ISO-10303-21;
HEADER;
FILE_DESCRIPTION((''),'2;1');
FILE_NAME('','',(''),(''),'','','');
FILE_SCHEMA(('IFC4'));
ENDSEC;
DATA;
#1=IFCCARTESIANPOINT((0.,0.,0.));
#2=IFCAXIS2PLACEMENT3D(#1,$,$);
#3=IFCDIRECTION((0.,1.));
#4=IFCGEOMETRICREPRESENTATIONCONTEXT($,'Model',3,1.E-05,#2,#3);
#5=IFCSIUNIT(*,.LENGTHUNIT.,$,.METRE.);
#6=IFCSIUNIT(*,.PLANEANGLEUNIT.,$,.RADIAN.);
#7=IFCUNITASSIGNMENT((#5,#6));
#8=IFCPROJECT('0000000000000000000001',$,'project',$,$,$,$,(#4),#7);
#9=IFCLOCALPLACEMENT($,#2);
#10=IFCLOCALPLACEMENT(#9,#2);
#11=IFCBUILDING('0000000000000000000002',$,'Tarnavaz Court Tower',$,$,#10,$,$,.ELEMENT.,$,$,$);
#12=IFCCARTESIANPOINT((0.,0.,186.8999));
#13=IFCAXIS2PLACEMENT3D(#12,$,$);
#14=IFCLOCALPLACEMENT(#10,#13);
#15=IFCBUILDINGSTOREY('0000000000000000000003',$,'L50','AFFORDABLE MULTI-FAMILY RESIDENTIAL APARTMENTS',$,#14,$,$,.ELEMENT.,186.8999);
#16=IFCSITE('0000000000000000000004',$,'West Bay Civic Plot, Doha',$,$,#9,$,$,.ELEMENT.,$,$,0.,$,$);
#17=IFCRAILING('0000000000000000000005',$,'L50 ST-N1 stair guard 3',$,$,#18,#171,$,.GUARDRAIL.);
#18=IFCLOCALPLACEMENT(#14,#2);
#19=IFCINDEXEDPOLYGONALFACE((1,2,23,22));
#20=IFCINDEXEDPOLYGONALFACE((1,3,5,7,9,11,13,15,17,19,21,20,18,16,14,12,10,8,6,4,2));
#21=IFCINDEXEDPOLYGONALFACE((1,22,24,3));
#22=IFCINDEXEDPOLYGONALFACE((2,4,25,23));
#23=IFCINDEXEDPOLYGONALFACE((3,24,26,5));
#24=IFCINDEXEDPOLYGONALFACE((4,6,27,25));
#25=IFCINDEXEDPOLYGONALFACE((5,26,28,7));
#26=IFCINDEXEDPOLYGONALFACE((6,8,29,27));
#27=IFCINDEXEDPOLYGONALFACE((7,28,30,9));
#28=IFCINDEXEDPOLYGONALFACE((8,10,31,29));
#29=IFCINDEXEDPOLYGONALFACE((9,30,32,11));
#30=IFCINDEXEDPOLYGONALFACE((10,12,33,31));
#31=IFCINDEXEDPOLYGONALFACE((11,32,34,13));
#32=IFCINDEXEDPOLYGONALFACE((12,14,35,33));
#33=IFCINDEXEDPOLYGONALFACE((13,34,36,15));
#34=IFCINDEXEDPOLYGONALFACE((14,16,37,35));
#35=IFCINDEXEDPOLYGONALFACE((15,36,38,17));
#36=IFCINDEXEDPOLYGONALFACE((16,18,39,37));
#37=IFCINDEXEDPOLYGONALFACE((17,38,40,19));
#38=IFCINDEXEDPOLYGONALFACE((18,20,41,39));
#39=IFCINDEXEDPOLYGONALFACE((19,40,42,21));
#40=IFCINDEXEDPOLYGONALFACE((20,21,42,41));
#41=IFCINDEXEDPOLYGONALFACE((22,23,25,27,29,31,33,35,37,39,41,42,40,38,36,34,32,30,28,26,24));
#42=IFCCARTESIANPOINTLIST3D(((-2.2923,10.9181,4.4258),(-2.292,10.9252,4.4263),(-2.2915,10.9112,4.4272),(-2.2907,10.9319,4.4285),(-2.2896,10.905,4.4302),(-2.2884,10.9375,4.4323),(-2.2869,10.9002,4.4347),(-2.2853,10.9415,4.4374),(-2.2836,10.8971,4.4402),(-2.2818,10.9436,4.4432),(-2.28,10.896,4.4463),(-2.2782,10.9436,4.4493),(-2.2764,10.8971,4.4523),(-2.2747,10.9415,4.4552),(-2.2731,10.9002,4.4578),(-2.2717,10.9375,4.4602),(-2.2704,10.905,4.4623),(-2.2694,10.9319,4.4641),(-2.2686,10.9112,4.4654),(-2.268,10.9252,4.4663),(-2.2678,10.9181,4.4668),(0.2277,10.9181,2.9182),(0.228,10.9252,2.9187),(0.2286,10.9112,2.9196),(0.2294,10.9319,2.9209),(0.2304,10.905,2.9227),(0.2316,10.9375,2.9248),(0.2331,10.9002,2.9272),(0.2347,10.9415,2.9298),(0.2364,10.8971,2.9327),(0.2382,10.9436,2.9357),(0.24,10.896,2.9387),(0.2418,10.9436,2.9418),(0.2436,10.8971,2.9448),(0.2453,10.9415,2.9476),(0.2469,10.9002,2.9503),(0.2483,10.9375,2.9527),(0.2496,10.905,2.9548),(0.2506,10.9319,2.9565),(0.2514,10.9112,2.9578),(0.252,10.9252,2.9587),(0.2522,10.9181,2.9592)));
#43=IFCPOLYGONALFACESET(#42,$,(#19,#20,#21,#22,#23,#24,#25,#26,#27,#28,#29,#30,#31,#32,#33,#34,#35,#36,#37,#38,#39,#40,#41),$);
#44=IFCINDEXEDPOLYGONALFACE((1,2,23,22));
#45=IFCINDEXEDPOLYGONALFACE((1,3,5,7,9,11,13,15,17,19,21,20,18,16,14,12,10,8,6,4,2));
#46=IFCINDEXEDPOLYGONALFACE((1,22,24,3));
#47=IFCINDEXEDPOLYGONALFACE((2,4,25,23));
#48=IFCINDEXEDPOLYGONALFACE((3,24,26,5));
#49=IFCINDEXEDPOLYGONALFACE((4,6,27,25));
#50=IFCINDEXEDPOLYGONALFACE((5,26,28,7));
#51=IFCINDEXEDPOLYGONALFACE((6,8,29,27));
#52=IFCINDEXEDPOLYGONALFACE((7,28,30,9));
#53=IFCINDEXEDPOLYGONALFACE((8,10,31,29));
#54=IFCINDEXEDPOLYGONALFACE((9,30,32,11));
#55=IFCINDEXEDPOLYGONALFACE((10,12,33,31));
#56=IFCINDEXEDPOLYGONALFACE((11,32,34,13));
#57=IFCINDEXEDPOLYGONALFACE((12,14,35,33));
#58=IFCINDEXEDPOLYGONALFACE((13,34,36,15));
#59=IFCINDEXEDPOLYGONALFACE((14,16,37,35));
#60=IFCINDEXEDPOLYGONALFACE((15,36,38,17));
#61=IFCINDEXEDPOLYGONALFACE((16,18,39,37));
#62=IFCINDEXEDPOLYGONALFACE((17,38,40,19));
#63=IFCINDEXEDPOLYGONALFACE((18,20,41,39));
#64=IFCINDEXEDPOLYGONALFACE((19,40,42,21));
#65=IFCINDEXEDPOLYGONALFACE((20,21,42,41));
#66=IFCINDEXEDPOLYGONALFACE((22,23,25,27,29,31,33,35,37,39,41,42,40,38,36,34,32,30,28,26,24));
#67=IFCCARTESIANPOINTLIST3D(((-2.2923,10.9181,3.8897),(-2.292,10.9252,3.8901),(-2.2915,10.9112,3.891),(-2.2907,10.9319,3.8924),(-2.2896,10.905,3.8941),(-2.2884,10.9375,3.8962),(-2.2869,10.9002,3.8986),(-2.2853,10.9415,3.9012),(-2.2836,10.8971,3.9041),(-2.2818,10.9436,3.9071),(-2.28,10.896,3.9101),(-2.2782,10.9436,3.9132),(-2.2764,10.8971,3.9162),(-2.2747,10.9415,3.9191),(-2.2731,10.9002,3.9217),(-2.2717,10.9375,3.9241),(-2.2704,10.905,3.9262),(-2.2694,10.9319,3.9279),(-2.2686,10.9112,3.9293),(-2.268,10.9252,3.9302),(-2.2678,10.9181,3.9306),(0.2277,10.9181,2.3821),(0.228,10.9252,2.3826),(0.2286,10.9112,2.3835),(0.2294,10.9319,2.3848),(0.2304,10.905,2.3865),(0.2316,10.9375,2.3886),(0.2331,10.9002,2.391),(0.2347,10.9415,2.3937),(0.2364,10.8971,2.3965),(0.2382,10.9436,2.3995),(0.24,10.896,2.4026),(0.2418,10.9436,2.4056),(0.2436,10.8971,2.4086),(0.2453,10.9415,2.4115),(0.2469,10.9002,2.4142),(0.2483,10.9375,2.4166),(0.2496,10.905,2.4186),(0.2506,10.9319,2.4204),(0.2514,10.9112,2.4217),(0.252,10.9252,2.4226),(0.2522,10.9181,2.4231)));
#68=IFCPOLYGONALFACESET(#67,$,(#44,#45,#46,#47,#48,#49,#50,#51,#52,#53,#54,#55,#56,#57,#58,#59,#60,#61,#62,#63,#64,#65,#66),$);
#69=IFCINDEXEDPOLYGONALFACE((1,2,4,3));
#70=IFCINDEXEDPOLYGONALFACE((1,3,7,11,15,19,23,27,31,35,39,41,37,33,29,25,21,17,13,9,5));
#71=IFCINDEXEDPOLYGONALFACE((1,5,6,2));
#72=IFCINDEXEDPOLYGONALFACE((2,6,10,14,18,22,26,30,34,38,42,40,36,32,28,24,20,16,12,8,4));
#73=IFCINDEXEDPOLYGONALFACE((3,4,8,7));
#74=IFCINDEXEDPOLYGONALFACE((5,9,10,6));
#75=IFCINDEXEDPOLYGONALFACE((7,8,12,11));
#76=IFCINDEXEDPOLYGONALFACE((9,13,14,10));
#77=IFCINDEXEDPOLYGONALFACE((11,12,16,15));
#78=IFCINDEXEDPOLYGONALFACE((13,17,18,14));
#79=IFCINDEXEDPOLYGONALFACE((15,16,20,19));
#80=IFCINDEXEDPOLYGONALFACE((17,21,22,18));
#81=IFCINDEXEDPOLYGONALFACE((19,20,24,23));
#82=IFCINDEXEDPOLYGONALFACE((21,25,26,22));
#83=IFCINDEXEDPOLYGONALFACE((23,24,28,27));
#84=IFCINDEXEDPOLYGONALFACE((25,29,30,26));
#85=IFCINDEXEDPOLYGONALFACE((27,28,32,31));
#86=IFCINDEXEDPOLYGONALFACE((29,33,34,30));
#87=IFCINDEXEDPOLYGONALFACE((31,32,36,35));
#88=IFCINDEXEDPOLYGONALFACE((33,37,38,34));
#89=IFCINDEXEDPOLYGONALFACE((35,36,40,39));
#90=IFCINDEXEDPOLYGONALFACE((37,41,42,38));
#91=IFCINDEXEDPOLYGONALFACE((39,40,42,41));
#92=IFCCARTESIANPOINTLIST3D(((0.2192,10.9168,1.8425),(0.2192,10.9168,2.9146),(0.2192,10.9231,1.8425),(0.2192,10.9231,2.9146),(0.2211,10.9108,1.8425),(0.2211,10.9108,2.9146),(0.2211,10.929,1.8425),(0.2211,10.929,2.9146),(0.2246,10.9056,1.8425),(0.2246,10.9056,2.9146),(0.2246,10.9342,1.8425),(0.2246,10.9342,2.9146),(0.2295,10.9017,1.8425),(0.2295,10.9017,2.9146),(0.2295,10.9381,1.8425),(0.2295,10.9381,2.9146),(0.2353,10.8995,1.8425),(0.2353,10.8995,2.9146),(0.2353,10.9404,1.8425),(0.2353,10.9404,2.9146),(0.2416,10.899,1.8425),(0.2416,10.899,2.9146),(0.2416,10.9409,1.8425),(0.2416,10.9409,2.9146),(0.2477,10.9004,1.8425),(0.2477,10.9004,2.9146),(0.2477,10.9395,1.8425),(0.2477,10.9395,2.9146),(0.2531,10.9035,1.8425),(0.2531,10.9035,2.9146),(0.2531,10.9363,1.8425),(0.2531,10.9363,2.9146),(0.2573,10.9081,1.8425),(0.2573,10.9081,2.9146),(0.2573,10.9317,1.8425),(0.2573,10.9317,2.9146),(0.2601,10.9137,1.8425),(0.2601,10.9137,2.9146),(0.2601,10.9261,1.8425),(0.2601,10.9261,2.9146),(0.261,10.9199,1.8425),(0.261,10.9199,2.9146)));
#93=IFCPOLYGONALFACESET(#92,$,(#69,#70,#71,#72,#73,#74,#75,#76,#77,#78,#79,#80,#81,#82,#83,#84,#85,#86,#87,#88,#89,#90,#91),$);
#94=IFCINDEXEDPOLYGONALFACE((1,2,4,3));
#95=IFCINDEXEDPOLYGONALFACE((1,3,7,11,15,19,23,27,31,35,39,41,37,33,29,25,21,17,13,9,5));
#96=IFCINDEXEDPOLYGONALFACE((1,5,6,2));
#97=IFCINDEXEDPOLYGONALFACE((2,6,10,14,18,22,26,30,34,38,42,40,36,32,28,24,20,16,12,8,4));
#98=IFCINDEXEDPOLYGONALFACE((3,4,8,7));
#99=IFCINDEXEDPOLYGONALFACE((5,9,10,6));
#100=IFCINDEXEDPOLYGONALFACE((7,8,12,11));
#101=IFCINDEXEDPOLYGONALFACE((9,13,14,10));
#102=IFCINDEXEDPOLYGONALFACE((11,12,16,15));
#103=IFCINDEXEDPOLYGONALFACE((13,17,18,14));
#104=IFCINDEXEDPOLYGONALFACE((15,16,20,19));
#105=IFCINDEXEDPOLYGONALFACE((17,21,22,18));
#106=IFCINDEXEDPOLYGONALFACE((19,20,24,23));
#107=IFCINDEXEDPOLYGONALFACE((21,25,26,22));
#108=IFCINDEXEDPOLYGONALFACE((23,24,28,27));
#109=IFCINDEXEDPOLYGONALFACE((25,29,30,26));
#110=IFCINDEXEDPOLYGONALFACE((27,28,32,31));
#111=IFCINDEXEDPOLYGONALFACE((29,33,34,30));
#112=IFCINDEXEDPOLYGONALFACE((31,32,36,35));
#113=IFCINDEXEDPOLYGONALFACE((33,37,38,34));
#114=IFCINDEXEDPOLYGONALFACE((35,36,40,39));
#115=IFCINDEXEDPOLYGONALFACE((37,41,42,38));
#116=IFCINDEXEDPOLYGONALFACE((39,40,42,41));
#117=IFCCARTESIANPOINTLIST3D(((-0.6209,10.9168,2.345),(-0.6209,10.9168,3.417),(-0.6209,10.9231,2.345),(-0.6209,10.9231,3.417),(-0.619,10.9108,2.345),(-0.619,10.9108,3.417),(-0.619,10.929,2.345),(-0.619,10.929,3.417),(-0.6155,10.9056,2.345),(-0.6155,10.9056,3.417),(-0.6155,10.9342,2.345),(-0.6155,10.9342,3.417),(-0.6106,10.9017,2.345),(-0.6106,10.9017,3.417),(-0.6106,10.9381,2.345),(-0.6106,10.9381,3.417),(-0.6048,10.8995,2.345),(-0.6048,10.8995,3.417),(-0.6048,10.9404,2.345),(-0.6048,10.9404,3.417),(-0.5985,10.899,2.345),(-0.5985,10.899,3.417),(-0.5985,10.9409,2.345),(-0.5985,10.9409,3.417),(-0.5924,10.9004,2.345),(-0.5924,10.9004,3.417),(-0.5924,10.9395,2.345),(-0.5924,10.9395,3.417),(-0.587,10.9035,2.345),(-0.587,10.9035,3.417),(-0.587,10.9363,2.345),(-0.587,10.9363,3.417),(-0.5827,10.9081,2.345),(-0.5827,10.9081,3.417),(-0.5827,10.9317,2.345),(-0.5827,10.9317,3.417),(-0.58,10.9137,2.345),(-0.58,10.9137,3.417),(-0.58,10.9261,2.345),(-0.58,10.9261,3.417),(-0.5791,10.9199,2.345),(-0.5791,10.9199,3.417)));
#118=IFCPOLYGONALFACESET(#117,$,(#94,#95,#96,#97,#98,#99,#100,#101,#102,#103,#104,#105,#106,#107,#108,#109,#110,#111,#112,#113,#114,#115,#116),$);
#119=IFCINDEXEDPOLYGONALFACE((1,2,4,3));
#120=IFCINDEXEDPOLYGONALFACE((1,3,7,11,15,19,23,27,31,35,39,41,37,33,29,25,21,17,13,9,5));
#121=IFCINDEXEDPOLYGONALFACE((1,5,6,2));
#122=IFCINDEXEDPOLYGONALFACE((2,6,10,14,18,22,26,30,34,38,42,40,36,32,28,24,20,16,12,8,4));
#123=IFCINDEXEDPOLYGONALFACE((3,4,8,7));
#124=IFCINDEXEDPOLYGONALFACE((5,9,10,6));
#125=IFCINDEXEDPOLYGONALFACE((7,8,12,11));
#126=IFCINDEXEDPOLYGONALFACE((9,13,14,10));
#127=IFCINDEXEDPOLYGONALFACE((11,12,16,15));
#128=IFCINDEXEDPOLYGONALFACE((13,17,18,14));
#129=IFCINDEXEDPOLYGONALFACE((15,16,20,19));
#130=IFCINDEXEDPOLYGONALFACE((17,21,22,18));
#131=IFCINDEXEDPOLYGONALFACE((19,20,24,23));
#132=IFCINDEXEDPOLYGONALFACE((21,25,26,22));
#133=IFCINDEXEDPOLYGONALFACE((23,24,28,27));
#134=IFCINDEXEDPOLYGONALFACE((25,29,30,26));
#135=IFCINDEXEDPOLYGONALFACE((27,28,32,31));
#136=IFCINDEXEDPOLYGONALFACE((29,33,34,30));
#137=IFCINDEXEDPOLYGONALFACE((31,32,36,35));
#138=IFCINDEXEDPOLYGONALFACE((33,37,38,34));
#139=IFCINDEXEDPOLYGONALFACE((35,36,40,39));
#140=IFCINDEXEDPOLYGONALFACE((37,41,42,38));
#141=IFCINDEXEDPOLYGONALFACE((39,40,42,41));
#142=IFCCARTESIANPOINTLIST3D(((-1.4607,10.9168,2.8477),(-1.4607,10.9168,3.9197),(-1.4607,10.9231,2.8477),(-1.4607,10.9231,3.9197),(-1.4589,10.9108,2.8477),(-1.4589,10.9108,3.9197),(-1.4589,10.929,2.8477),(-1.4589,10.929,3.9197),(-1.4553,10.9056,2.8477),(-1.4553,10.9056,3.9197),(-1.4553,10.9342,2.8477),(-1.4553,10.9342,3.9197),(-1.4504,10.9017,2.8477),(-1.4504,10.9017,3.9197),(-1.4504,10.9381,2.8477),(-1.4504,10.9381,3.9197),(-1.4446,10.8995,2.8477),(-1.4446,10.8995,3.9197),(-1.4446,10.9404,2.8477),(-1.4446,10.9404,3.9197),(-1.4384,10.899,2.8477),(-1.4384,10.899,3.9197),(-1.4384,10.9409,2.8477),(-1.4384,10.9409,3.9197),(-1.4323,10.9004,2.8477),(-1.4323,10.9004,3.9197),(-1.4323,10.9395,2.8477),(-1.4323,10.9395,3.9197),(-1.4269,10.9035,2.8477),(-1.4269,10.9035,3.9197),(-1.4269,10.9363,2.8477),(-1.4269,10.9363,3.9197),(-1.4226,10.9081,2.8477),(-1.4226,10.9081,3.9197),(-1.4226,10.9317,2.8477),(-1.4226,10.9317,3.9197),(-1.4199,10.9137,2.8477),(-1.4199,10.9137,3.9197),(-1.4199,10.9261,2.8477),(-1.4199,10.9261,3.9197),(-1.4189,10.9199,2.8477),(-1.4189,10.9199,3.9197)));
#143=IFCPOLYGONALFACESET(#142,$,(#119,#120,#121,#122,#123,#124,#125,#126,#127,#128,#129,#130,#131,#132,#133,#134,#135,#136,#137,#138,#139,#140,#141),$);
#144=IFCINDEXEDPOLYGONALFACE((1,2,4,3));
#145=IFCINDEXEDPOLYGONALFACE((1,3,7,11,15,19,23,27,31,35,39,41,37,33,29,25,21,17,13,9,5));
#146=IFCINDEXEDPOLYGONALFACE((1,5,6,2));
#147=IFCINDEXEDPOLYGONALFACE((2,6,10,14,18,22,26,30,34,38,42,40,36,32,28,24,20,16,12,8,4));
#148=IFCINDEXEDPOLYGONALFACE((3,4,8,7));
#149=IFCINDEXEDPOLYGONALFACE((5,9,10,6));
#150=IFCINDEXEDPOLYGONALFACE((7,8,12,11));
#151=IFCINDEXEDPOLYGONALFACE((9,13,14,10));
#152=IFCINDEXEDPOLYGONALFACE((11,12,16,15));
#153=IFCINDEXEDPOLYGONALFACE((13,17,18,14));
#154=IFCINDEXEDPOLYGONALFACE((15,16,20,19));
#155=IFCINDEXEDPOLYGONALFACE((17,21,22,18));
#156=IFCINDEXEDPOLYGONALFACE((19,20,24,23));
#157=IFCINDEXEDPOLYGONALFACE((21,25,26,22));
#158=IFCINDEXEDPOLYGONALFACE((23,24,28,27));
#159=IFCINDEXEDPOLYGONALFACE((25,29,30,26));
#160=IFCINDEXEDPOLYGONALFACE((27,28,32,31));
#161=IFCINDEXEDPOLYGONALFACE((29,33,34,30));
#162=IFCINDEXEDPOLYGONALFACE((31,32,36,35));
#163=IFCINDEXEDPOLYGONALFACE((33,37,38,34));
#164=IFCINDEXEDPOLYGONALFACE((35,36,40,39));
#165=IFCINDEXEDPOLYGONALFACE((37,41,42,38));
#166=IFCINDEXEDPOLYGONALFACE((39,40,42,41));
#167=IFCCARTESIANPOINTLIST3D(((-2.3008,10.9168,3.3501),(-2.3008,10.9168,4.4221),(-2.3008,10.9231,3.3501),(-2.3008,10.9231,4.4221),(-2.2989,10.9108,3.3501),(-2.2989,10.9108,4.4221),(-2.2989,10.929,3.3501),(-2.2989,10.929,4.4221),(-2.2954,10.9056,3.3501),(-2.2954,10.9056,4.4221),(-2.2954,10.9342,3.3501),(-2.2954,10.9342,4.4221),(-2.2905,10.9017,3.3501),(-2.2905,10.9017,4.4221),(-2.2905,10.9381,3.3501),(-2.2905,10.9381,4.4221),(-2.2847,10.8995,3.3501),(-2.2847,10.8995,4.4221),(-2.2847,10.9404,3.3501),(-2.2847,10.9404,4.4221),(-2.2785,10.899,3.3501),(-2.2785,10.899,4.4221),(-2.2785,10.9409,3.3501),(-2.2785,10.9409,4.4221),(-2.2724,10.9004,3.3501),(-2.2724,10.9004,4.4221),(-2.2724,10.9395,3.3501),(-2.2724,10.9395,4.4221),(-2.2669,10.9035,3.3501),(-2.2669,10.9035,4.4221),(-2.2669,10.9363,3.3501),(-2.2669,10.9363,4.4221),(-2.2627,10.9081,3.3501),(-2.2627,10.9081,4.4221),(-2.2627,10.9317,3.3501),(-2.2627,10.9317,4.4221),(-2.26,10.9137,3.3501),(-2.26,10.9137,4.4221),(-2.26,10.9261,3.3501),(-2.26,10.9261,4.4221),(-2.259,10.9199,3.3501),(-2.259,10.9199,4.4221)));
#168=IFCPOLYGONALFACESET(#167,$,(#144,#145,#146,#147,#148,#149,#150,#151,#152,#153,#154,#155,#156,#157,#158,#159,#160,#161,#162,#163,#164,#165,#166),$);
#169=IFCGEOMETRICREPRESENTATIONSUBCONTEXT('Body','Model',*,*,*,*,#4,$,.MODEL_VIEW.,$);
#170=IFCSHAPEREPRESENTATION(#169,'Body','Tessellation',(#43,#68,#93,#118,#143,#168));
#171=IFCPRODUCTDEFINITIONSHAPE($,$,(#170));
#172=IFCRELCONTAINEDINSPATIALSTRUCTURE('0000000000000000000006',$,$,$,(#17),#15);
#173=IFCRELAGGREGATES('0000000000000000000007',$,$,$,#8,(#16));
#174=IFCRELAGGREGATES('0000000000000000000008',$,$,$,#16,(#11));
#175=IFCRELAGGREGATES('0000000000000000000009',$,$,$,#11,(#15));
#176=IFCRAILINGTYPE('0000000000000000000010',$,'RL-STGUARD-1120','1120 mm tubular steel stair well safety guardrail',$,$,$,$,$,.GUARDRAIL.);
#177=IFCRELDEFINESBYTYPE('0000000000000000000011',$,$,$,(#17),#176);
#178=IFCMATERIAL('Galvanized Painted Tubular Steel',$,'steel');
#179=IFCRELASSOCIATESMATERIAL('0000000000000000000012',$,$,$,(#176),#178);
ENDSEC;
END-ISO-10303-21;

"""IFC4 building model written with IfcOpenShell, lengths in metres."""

from ifc_helpers import new_model, si_unit, direction, frame, origin, origin_2d, place, context, subcontext, project, spatial, circle, extrude, material, type_object, element, save


model = new_model("IFC4")

# Units and contexts
model_context = context("Model", 3, precision=1e-05, world=origin(), true_north=direction((0.0, 1.0)))
body_context = subcontext(model_context, "Body", "Model", "MODEL_VIEW")
ifc_project = project(units=[si_unit("LENGTHUNIT", "METRE"), si_unit("PLANEANGLEUNIT", "RADIAN")], contexts=[model_context])

# Site, building, storey
site_placement = place(None, origin())
site = spatial("IfcSite", under=ifc_project, at=site_placement, Name="West Bay Civic Plot, Doha", CompositionType="ELEMENT", RefElevation=0.0)
building_placement = place(site_placement, origin())
building = spatial("IfcBuilding", under=site, at=building_placement, Name="Tarnavaz Court Tower", CompositionType="ELEMENT")
storey_placement = place(building_placement, frame((0.0, 0.0, 186.8999)))
storey = spatial("IfcBuildingStorey", under=building, at=storey_placement, Name="L50", Description="AFFORDABLE MULTI-FAMILY RESIDENTIAL APARTMENTS", CompositionType="ELEMENT", Elevation=186.8999)

# Railing
ifc_material_1 = material(Name="Galvanized Painted Tubular Steel", Category="steel")
railing_type_1 = type_object("IfcRailingType", Name="RL-STGUARD-1120", Description="1120 mm tubular steel stair well safety guardrail", PredefinedType="GUARDRAIL", material=ifc_material_1)
railing_1_placement = place(storey_placement, frame((0.24, 10.9199, 1.8425)))
element("IfcRailing", 1, at=railing_1_placement, inside=storey, type_object=railing_type_1, Name="L50 ST-N1 stair guard 3", PredefinedType="GUARDRAIL", context=body_context, shape_type="SweptSolid", body=[
    extrude(circle(Radius=0.0239, at=origin_2d()), frame((0.0, 0.0, 1.0962), z_axis=(-0.85816, 0.0, 0.513383), x_axis=(0.0, -1.0, 0.0)), (0.0, 0.0, 1.0), 2.9365),
    extrude(circle(Radius=0.0239, at=origin_2d()), frame((0.0, 0.0, 0.5601), z_axis=(-0.85816, 0.0, 0.513383), x_axis=(0.0, -1.0, 0.0)), (0.0, 0.0, 1.0), 2.9365),
    extrude(circle(Radius=0.021, at=origin_2d()), origin(), (0.0, 0.0, 1.0), 1.072),
    extrude(circle(Radius=0.021, at=origin_2d()), frame((-0.8401, 0.0, 0.5024)), (0.0, 0.0, 1.0), 1.072),
    extrude(circle(Radius=0.021, at=origin_2d()), frame((-1.6799, 0.0, 1.0051)), (0.0, 0.0, 1.0), 1.072),
    extrude(circle(Radius=0.021, at=origin_2d()), frame((-2.52, 0.0, 1.5076)), (0.0, 0.0, 1.0), 1.072),
])

save(model, "model.ifc")
